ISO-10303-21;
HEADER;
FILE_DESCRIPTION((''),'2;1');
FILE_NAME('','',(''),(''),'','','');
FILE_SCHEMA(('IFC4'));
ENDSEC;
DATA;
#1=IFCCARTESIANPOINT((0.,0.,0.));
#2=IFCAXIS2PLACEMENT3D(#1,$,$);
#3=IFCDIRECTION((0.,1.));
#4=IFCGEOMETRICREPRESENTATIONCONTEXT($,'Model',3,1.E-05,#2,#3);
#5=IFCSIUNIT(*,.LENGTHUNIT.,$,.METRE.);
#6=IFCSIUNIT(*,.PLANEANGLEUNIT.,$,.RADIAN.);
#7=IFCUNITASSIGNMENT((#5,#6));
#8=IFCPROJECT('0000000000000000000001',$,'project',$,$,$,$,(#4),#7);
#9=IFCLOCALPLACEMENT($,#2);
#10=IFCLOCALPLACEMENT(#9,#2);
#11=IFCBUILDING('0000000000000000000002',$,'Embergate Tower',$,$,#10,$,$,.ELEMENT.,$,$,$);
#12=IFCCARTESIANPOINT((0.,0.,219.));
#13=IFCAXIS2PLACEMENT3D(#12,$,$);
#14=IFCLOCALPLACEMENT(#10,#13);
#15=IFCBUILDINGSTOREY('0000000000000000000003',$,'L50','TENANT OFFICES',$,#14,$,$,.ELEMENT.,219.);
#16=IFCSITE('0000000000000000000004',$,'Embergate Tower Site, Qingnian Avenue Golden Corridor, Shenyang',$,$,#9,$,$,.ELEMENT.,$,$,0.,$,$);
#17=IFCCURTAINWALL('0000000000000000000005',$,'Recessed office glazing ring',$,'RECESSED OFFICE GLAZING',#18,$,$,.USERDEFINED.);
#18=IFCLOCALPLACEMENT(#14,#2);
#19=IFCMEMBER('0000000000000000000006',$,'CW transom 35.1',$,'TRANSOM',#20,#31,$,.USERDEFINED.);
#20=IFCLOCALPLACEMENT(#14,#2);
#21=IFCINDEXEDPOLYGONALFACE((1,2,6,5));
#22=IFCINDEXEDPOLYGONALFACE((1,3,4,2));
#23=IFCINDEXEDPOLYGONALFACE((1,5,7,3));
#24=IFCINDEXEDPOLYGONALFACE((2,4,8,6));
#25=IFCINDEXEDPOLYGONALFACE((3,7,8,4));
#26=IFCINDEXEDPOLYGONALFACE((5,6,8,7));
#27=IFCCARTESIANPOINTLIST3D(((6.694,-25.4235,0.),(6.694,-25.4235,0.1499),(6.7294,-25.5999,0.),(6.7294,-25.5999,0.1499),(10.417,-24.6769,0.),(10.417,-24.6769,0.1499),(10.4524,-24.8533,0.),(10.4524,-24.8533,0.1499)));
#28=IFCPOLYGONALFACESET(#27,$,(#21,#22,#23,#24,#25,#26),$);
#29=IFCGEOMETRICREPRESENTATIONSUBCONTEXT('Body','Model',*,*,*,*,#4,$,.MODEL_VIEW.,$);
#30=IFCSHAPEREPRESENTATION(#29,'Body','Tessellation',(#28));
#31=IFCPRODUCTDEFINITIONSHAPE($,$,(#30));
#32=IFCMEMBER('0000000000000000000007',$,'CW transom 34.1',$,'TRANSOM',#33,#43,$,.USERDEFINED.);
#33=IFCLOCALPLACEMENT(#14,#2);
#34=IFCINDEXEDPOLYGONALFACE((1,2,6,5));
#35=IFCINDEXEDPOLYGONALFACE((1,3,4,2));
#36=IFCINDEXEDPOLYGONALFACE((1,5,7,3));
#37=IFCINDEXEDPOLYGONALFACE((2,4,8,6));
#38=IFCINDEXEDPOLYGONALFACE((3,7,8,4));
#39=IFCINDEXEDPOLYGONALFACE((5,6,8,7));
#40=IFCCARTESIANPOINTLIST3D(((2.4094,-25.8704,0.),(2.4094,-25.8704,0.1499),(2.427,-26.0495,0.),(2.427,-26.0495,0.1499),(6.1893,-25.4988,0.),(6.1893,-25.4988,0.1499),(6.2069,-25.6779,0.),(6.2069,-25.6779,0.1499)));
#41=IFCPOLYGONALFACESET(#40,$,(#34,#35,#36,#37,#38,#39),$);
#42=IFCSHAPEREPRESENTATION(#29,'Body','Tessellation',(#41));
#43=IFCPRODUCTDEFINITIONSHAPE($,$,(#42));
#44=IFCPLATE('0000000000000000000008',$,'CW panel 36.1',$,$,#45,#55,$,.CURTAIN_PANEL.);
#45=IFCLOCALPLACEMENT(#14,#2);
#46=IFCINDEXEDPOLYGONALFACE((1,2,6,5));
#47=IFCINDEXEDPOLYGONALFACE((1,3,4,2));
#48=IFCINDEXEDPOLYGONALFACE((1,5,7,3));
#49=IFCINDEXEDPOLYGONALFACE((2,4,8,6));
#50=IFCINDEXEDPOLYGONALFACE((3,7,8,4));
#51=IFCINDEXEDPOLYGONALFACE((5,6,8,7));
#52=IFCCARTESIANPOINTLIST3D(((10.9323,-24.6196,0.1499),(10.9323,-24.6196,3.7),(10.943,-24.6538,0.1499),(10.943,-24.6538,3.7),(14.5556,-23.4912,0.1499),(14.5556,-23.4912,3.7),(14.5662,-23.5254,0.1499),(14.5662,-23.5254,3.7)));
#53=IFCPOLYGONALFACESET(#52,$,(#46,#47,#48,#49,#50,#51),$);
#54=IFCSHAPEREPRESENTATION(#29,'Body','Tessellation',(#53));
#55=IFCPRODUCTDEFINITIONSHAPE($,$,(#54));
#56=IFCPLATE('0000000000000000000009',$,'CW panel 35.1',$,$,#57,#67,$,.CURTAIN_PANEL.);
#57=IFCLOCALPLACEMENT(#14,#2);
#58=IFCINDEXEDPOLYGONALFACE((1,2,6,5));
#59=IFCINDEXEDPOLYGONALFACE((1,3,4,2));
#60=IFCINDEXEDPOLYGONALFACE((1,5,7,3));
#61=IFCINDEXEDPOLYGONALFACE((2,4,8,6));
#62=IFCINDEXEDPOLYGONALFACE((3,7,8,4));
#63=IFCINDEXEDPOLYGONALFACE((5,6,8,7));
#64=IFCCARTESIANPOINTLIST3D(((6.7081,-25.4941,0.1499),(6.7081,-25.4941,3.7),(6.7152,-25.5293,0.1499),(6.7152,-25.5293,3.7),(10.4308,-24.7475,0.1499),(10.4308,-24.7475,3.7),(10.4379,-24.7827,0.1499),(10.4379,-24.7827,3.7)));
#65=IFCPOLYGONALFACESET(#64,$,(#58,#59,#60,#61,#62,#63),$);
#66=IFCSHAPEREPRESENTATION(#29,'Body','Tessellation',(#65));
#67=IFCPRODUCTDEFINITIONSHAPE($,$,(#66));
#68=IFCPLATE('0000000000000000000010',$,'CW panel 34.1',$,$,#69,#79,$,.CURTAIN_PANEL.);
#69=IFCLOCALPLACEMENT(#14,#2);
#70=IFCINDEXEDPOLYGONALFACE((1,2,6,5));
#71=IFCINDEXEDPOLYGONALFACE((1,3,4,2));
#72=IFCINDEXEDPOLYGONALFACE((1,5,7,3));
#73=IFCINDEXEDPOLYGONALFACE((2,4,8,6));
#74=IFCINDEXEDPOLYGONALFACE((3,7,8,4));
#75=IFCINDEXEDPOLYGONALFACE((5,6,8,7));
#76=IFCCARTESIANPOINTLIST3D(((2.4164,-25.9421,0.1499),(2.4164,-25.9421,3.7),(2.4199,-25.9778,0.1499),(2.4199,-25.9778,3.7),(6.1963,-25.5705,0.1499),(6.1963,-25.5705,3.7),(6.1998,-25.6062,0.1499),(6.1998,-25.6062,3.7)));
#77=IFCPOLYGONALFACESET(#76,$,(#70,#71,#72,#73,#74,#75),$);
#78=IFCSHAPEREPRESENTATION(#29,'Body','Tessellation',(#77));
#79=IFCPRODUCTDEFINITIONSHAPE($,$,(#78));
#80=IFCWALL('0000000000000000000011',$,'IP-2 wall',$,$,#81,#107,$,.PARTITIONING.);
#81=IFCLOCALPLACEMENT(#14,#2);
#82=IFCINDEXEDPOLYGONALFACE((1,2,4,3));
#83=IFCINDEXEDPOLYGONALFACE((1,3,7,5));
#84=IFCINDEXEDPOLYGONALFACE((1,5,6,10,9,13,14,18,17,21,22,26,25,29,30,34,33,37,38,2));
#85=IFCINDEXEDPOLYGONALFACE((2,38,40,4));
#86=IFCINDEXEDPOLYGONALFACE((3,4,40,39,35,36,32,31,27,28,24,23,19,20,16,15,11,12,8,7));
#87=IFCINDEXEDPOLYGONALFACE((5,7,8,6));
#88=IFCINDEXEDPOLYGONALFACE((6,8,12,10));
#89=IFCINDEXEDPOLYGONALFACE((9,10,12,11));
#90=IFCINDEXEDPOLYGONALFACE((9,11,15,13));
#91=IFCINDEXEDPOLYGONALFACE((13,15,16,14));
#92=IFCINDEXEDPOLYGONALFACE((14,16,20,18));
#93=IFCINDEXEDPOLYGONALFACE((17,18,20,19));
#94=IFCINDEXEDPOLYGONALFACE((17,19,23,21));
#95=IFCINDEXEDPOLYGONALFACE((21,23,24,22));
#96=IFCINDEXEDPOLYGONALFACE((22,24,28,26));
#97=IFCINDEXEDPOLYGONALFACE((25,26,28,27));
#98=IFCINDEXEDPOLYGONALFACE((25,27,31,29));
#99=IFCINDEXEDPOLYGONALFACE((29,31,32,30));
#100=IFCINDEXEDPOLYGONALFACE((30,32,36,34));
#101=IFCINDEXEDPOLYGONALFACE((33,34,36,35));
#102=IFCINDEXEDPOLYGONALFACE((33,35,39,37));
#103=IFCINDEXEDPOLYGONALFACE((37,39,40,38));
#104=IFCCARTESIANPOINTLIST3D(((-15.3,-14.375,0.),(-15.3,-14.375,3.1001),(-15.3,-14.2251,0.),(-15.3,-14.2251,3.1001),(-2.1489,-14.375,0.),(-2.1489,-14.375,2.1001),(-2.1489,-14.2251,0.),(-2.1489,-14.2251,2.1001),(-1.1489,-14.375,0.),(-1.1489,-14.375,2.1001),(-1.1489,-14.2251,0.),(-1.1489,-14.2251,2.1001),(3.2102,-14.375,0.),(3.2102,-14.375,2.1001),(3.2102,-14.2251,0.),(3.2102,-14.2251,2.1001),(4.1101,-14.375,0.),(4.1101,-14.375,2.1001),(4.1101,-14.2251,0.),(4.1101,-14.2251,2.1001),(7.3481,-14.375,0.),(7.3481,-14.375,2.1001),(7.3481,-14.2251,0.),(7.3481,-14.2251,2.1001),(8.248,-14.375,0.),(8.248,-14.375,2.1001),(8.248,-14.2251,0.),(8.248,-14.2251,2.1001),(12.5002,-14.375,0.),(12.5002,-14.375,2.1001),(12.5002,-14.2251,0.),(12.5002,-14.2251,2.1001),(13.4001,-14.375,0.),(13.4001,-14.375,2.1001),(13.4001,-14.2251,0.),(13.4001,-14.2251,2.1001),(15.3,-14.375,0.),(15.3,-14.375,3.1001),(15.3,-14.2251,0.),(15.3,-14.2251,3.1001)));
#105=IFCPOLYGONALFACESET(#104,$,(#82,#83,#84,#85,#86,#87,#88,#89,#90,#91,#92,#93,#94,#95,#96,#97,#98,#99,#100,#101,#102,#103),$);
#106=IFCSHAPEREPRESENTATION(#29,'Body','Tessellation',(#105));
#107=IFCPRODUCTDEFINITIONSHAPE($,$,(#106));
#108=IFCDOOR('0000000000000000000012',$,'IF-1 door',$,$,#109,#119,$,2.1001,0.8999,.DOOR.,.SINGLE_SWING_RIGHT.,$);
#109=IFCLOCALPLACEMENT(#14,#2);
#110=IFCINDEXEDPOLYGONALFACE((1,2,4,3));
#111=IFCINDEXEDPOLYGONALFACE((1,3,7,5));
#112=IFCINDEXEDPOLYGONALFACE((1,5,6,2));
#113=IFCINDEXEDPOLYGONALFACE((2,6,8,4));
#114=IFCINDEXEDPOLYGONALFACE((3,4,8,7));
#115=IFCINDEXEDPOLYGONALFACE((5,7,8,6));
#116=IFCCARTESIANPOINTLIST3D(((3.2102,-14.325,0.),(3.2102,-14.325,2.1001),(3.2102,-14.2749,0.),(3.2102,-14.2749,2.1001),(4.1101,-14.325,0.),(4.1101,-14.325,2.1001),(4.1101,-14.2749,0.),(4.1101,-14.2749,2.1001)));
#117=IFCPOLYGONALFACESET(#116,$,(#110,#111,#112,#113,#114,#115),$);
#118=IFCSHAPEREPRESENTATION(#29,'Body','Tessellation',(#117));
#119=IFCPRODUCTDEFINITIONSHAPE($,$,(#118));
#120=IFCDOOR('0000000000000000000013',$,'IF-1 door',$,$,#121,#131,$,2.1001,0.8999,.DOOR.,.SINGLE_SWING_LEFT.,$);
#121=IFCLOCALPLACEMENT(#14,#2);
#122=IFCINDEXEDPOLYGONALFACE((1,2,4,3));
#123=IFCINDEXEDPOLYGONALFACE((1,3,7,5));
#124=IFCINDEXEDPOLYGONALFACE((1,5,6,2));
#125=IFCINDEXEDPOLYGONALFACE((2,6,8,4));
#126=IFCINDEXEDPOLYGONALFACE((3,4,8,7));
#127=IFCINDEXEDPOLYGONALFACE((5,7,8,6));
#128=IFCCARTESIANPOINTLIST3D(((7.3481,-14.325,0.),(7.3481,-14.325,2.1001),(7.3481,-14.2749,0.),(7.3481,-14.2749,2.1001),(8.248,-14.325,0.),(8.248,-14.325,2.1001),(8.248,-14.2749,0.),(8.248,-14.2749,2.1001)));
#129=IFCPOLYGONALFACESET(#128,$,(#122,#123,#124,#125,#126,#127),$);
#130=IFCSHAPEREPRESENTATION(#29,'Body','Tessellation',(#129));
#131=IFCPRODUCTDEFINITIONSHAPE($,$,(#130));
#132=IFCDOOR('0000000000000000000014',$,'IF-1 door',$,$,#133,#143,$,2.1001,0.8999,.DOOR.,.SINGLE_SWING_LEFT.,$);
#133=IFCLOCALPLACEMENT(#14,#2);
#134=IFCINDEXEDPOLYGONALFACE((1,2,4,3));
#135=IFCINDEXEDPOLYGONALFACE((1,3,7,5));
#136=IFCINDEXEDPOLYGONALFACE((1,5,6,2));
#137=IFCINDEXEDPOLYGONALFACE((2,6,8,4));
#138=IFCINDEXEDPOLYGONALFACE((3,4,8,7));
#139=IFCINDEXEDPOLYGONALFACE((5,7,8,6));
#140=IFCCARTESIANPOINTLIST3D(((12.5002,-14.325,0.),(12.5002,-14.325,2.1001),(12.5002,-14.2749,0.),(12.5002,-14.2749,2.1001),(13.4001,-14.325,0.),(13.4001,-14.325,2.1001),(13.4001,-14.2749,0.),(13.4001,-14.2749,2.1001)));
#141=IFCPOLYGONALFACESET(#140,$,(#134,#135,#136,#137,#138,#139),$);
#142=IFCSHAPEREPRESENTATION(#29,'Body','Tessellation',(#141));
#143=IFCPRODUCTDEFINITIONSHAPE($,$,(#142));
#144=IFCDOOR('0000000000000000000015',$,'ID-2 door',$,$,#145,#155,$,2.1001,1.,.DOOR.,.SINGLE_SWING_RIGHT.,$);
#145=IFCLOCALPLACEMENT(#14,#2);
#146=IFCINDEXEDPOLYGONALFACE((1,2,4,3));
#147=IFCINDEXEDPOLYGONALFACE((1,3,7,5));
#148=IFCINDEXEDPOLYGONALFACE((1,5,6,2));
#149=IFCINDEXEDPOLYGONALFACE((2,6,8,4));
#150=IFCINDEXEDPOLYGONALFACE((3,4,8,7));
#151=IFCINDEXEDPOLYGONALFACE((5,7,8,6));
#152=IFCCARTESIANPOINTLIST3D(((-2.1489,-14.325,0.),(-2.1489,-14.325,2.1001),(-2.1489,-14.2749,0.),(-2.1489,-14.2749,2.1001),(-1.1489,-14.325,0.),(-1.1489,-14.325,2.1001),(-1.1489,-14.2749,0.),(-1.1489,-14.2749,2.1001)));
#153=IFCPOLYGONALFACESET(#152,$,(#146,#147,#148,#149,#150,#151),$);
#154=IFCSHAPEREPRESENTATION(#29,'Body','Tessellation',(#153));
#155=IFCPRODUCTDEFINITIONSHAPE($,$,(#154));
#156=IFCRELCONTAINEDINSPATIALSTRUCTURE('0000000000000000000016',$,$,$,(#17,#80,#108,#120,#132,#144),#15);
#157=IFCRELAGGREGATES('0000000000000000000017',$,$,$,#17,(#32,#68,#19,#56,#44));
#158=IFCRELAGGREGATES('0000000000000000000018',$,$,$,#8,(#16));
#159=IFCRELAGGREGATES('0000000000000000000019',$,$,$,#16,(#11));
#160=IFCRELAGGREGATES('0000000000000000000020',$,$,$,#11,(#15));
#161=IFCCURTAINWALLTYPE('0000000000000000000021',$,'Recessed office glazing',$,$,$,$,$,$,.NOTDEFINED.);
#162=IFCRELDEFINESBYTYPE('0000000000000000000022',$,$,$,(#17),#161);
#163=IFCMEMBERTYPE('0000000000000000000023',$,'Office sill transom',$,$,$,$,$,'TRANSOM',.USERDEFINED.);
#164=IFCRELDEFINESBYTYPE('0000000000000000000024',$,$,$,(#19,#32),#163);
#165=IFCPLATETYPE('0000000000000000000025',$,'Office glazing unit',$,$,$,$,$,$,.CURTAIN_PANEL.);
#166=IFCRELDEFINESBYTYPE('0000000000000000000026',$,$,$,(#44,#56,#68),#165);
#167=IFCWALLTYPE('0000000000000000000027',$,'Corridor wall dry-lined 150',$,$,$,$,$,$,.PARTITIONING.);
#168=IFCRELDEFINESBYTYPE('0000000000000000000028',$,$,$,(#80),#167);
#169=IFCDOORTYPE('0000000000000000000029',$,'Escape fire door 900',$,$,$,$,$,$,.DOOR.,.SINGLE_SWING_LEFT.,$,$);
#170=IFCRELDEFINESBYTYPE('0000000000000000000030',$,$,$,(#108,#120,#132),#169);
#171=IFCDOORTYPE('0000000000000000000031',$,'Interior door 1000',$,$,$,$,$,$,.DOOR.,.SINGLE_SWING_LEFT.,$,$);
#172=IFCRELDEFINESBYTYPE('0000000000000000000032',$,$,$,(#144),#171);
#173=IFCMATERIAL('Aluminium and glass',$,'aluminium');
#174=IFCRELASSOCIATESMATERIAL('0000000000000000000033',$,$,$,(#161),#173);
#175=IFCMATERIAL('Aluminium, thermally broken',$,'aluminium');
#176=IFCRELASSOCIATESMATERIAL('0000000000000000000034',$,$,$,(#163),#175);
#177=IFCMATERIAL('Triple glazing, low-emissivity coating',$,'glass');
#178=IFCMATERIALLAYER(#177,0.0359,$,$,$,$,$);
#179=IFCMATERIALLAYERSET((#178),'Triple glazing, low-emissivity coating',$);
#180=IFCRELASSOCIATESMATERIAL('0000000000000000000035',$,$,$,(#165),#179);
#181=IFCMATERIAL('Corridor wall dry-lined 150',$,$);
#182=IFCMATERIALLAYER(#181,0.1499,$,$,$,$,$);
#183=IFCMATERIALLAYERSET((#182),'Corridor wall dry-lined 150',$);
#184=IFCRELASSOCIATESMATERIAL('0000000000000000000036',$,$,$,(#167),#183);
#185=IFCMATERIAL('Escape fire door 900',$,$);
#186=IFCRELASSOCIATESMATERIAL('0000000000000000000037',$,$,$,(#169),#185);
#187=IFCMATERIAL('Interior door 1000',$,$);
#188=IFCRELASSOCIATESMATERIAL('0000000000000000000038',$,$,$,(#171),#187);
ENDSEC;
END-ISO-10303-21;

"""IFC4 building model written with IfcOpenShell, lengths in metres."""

from ifc_helpers import new_model, si_unit, direction, frame, frame_2d, origin, origin_2d, place, context, subcontext, project, spatial, rectangle, extrude, source, transform, mapped, material, layer, layer_set, material_profile, profile_set, type_object, element, fill, aggregate, save


model = new_model("IFC4")

# Units and contexts
model_context = context("Model", 3, precision=1e-05, world=origin(), true_north=direction((0.0, 1.0)))
body_context = subcontext(model_context, "Body", "Model", "MODEL_VIEW")
ifc_project = project(units=[si_unit("LENGTHUNIT", "METRE"), si_unit("PLANEANGLEUNIT", "RADIAN")], contexts=[model_context])

# Site, building, storey
site_placement = place(None, origin())
site = spatial("IfcSite", under=ifc_project, at=site_placement, Name="Embergate Tower Site, Qingnian Avenue Golden Corridor, Shenyang", CompositionType="ELEMENT", RefElevation=0.0)
building_placement = place(site_placement, origin())
building = spatial("IfcBuilding", under=site, at=building_placement, Name="Embergate Tower", CompositionType="ELEMENT")
storey_placement = place(building_placement, frame((0.0, 0.0, 219.0)))
storey = spatial("IfcBuildingStorey", under=building, at=storey_placement, Name="L50", Description="TENANT OFFICES", CompositionType="ELEMENT", Elevation=219.0)

# Curtain wall, members, plates
ifc_material_1 = material(Name="Aluminium and glass", Category="aluminium")
curtain_wall_type = type_object("IfcCurtainWallType", Name="Recessed office glazing", PredefinedType="NOTDEFINED", material=ifc_material_1)
curtain_wall_placement = place(storey_placement, origin())
curtain_wall = element("IfcCurtainWall", 1, at=curtain_wall_placement, inside=storey, type_object=curtain_wall_type, Name="Recessed office glazing ring", ObjectType="RECESSED OFFICE GLAZING", PredefinedType="USERDEFINED")
ifc_material_2 = material(Name="Aluminium, thermally broken", Category="aluminium")
ifc_material_profile_1 = material_profile(ifc_material_2, rectangle(XDim=0.1799, YDim=0.1499, at=origin_2d()), Name="AL 150x180")
ifc_profile_set_1 = profile_set([ifc_material_profile_1], Name="Aluminium, thermally broken")
member_type_1 = type_object("IfcMemberType", Name="Office sill transom", ElementType="TRANSOM", PredefinedType="USERDEFINED", material=ifc_profile_set_1)
shared_shape_1 = source(origin(), body_context, "Body", "SweptSolid", [
    extrude(rectangle(XDim=0.1799, YDim=0.1499, at=origin_2d()), origin(), (0.0, 0.0, 1.0), 3.7971),
])
member_1_placement = place(storey_placement, frame((6.7117, -25.5117, 0.075), z_axis=(0.980479, 0.196623, 0.0), x_axis=(-0.196623, 0.980479, 0.0)))
member_1 = element("IfcMember", 2, at=member_1_placement, type_object=member_type_1, Name="CW transom 35.1", ObjectType="TRANSOM", PredefinedType="USERDEFINED", context=body_context, shape_type="MappedRepresentation", body=[
    mapped(shared_shape_1, transform((0.0, 0.0, 0.0))),
])
shared_shape_2 = source(origin(), body_context, "Body", "SweptSolid", [
    extrude(rectangle(XDim=0.1799, YDim=0.1499, at=origin_2d()), origin(), (0.0, 0.0, 1.0), 3.7981),
])
member_2_placement = place(storey_placement, frame((2.4182, -25.96, 0.075), z_axis=(0.995203, 0.097836, 0.0), x_axis=(-0.097836, 0.995203, 0.0)))
member_2 = element("IfcMember", 3, at=member_2_placement, type_object=member_type_1, Name="CW transom 34.1", ObjectType="TRANSOM", PredefinedType="USERDEFINED", context=body_context, shape_type="MappedRepresentation", body=[
    mapped(shared_shape_2, transform((0.0, 0.0, 0.0))),
])
ifc_material_3 = material(Name="Triple glazing, low-emissivity coating", Category="glass")
ifc_layer_1 = layer(ifc_material_3, 0.0359)
ifc_layer_set_1 = layer_set([ifc_layer_1], Name="Triple glazing, low-emissivity coating")
plate_type = type_object("IfcPlateType", Name="Office glazing unit", PredefinedType="CURTAIN_PANEL", material=ifc_layer_set_1)
shared_shape_3 = source(origin(), body_context, "Body", "SweptSolid", [
    extrude(rectangle(XDim=3.7949, YDim=0.0359, at=origin_2d()), origin(), (0.0, 0.0, 1.0), 3.55),
])
plate_1_placement = place(storey_placement, frame((12.7493, -24.0725, 0.1499), z_axis=(0.0, 0.0, 1.0), x_axis=(0.954771, 0.297343, 0.0)))
plate_1 = element("IfcPlate", 4, at=plate_1_placement, type_object=plate_type, Name="CW panel 36.1", PredefinedType="CURTAIN_PANEL", context=body_context, shape_type="MappedRepresentation", body=[
    mapped(shared_shape_3, transform((0.0, 0.0, 0.0))),
])
shared_shape_4 = source(origin(), body_context, "Body", "SweptSolid", [
    extrude(rectangle(XDim=3.7969, YDim=0.0359, at=origin_2d()), origin(), (0.0, 0.0, 1.0), 3.55),
])
plate_2_placement = place(storey_placement, frame((8.573, -25.1384, 0.1499), z_axis=(0.0, 0.0, 1.0), x_axis=(0.980475, 0.196643, 0.0)))
plate_2 = element("IfcPlate", 5, at=plate_2_placement, type_object=plate_type, Name="CW panel 35.1", PredefinedType="CURTAIN_PANEL", context=body_context, shape_type="MappedRepresentation", body=[
    mapped(shared_shape_4, transform((0.0, 0.0, 0.0))),
])
shared_shape_5 = source(origin(), body_context, "Body", "SweptSolid", [
    extrude(rectangle(XDim=3.7981, YDim=0.0359, at=origin_2d()), origin(), (0.0, 0.0, 1.0), 3.55),
])
plate_3_placement = place(storey_placement, frame((4.3081, -25.7742, 0.1499), z_axis=(0.0, 0.0, 1.0), x_axis=(0.995203, 0.097831, 0.0)))
plate_3 = element("IfcPlate", 6, at=plate_3_placement, type_object=plate_type, Name="CW panel 34.1", PredefinedType="CURTAIN_PANEL", context=body_context, shape_type="MappedRepresentation", body=[
    mapped(shared_shape_5, transform((0.0, 0.0, 0.0))),
])
aggregate(curtain_wall, [member_2, plate_3, member_1, plate_2, plate_1])

# Wall, openings, doors
ifc_material_4 = material(Name="Corridor wall dry-lined 150")
ifc_layer_2 = layer(ifc_material_4, 0.1499)
ifc_layer_set_2 = layer_set([ifc_layer_2], Name="Corridor wall dry-lined 150")
wall_type_1 = type_object("IfcWallType", Name="Corridor wall dry-lined 150", PredefinedType="PARTITIONING", material=ifc_layer_set_2)
shared_shape_6 = source(origin(), body_context, "Body", "SweptSolid", [
    extrude(rectangle(XDim=30.6001, YDim=0.1499, at=frame_2d((15.3, 0.0))), origin(), (0.0, 0.0, 1.0), 3.1001),
])
wall_1_placement = place(storey_placement, frame((15.3, -14.3, 0.0), z_axis=(0.0, 0.0, 1.0), x_axis=(-1.0, 0.0, 0.0)))
wall_1 = element("IfcWall", 7, at=wall_1_placement, inside=storey, type_object=wall_type_1, Name="IP-2 wall", PredefinedType="PARTITIONING", context=body_context, shape_type="MappedRepresentation", body=[
    mapped(shared_shape_6, transform((0.0, 0.0, 0.0))),
])
shared_shape_7 = source(origin(), body_context, "Body", "SweptSolid", [
    extrude(rectangle(XDim=1.0, YDim=2.1001, at=frame_2d((0.5, 1.05))), frame((0.0, 0.085, 0.0), z_axis=(0.0, -1.0, 0.0), x_axis=(1.0, 0.0, 0.0)), (0.0, 0.0, 1.0), 0.1699),
])
opening_1_placement = place(wall_1_placement, frame((16.449, 0.0, 0.0)))
opening_1 = element("IfcOpeningElement", 8, at=opening_1_placement, cuts=wall_1, PredefinedType="OPENING", context=body_context, shape_type="MappedRepresentation", body=[
    mapped(shared_shape_7, transform((0.0, 0.0, 0.0))),
])
shared_shape_8 = source(origin(), body_context, "Body", "SweptSolid", [
    extrude(rectangle(XDim=0.8999, YDim=2.1001, at=frame_2d((0.45, 1.05))), frame((0.0, 0.085, 0.0), z_axis=(0.0, -1.0, 0.0), x_axis=(1.0, 0.0, 0.0)), (0.0, 0.0, 1.0), 0.1699),
])
opening_2_placement = place(wall_1_placement, frame((11.1899, 0.0, 0.0)))
opening_2 = element("IfcOpeningElement", 9, at=opening_2_placement, cuts=wall_1, PredefinedType="OPENING", context=body_context, shape_type="MappedRepresentation", body=[
    mapped(shared_shape_8, transform((0.0, 0.0, 0.0))),
])
opening_3_placement = place(wall_1_placement, frame((7.052, 0.0, 0.0)))
opening_3 = element("IfcOpeningElement", 10, at=opening_3_placement, cuts=wall_1, PredefinedType="OPENING", context=body_context, shape_type="MappedRepresentation", body=[
    mapped(shared_shape_8, transform((0.0, 0.0, 0.0))),
])
opening_4_placement = place(wall_1_placement, frame((1.8999, 0.0, 0.0)))
opening_4 = element("IfcOpeningElement", 11, at=opening_4_placement, cuts=wall_1, PredefinedType="OPENING", context=body_context, shape_type="MappedRepresentation", body=[
    mapped(shared_shape_8, transform((0.0, 0.0, 0.0))),
])
ifc_material_5 = material(Name="Escape fire door 900")
door_type_1 = type_object("IfcDoorType", Name="Escape fire door 900", OperationType="SINGLE_SWING_LEFT", PredefinedType="DOOR", material=ifc_material_5)
shared_shape_9 = source(origin(), body_context, "Body", "SweptSolid", [
    extrude(rectangle(XDim=0.8999, YDim=2.1001, at=frame_2d((0.45, 1.05))), frame((0.0, 0.0249, 0.0), z_axis=(0.0, -1.0, 0.0), x_axis=(1.0, 0.0, 0.0)), (0.0, 0.0, 1.0), 0.05),
])
door_1_placement = place(opening_2_placement, origin())
door_1 = element("IfcDoor", 12, at=door_1_placement, inside=storey, type_object=door_type_1, Name="IF-1 door", OperationType="SINGLE_SWING_RIGHT", OverallHeight=2.1001, OverallWidth=0.8999, PredefinedType="DOOR", context=body_context, shape_type="MappedRepresentation", body=[
    mapped(shared_shape_9, transform((0.0, 0.0, 0.0))),
])
fill(opening_2, door_1)
door_2_placement = place(opening_3_placement, origin())
door_2 = element("IfcDoor", 13, at=door_2_placement, inside=storey, type_object=door_type_1, Name="IF-1 door", OperationType="SINGLE_SWING_LEFT", OverallHeight=2.1001, OverallWidth=0.8999, PredefinedType="DOOR", context=body_context, shape_type="MappedRepresentation", body=[
    mapped(shared_shape_9, transform((0.0, 0.0, 0.0))),
])
fill(opening_3, door_2)
door_3_placement = place(opening_4_placement, origin())
door_3 = element("IfcDoor", 14, at=door_3_placement, inside=storey, type_object=door_type_1, Name="IF-1 door", OperationType="SINGLE_SWING_LEFT", OverallHeight=2.1001, OverallWidth=0.8999, PredefinedType="DOOR", context=body_context, shape_type="MappedRepresentation", body=[
    mapped(shared_shape_9, transform((0.0, 0.0, 0.0))),
])
fill(opening_4, door_3)
ifc_material_6 = material(Name="Interior door 1000")
door_type_2 = type_object("IfcDoorType", Name="Interior door 1000", OperationType="SINGLE_SWING_LEFT", PredefinedType="DOOR", material=ifc_material_6)
shared_shape_10 = source(origin(), body_context, "Body", "SweptSolid", [
    extrude(rectangle(XDim=1.0, YDim=2.1001, at=frame_2d((0.5, 1.05))), frame((0.0, 0.0249, 0.0), z_axis=(0.0, -1.0, 0.0), x_axis=(1.0, 0.0, 0.0)), (0.0, 0.0, 1.0), 0.05),
])
door_4_placement = place(opening_1_placement, origin())
door_4 = element("IfcDoor", 15, at=door_4_placement, inside=storey, type_object=door_type_2, Name="ID-2 door", OperationType="SINGLE_SWING_RIGHT", OverallHeight=2.1001, OverallWidth=1.0, PredefinedType="DOOR", context=body_context, shape_type="MappedRepresentation", body=[
    mapped(shared_shape_10, transform((0.0, 0.0, 0.0))),
])
fill(opening_1, door_4)

save(model, "model.ifc")
